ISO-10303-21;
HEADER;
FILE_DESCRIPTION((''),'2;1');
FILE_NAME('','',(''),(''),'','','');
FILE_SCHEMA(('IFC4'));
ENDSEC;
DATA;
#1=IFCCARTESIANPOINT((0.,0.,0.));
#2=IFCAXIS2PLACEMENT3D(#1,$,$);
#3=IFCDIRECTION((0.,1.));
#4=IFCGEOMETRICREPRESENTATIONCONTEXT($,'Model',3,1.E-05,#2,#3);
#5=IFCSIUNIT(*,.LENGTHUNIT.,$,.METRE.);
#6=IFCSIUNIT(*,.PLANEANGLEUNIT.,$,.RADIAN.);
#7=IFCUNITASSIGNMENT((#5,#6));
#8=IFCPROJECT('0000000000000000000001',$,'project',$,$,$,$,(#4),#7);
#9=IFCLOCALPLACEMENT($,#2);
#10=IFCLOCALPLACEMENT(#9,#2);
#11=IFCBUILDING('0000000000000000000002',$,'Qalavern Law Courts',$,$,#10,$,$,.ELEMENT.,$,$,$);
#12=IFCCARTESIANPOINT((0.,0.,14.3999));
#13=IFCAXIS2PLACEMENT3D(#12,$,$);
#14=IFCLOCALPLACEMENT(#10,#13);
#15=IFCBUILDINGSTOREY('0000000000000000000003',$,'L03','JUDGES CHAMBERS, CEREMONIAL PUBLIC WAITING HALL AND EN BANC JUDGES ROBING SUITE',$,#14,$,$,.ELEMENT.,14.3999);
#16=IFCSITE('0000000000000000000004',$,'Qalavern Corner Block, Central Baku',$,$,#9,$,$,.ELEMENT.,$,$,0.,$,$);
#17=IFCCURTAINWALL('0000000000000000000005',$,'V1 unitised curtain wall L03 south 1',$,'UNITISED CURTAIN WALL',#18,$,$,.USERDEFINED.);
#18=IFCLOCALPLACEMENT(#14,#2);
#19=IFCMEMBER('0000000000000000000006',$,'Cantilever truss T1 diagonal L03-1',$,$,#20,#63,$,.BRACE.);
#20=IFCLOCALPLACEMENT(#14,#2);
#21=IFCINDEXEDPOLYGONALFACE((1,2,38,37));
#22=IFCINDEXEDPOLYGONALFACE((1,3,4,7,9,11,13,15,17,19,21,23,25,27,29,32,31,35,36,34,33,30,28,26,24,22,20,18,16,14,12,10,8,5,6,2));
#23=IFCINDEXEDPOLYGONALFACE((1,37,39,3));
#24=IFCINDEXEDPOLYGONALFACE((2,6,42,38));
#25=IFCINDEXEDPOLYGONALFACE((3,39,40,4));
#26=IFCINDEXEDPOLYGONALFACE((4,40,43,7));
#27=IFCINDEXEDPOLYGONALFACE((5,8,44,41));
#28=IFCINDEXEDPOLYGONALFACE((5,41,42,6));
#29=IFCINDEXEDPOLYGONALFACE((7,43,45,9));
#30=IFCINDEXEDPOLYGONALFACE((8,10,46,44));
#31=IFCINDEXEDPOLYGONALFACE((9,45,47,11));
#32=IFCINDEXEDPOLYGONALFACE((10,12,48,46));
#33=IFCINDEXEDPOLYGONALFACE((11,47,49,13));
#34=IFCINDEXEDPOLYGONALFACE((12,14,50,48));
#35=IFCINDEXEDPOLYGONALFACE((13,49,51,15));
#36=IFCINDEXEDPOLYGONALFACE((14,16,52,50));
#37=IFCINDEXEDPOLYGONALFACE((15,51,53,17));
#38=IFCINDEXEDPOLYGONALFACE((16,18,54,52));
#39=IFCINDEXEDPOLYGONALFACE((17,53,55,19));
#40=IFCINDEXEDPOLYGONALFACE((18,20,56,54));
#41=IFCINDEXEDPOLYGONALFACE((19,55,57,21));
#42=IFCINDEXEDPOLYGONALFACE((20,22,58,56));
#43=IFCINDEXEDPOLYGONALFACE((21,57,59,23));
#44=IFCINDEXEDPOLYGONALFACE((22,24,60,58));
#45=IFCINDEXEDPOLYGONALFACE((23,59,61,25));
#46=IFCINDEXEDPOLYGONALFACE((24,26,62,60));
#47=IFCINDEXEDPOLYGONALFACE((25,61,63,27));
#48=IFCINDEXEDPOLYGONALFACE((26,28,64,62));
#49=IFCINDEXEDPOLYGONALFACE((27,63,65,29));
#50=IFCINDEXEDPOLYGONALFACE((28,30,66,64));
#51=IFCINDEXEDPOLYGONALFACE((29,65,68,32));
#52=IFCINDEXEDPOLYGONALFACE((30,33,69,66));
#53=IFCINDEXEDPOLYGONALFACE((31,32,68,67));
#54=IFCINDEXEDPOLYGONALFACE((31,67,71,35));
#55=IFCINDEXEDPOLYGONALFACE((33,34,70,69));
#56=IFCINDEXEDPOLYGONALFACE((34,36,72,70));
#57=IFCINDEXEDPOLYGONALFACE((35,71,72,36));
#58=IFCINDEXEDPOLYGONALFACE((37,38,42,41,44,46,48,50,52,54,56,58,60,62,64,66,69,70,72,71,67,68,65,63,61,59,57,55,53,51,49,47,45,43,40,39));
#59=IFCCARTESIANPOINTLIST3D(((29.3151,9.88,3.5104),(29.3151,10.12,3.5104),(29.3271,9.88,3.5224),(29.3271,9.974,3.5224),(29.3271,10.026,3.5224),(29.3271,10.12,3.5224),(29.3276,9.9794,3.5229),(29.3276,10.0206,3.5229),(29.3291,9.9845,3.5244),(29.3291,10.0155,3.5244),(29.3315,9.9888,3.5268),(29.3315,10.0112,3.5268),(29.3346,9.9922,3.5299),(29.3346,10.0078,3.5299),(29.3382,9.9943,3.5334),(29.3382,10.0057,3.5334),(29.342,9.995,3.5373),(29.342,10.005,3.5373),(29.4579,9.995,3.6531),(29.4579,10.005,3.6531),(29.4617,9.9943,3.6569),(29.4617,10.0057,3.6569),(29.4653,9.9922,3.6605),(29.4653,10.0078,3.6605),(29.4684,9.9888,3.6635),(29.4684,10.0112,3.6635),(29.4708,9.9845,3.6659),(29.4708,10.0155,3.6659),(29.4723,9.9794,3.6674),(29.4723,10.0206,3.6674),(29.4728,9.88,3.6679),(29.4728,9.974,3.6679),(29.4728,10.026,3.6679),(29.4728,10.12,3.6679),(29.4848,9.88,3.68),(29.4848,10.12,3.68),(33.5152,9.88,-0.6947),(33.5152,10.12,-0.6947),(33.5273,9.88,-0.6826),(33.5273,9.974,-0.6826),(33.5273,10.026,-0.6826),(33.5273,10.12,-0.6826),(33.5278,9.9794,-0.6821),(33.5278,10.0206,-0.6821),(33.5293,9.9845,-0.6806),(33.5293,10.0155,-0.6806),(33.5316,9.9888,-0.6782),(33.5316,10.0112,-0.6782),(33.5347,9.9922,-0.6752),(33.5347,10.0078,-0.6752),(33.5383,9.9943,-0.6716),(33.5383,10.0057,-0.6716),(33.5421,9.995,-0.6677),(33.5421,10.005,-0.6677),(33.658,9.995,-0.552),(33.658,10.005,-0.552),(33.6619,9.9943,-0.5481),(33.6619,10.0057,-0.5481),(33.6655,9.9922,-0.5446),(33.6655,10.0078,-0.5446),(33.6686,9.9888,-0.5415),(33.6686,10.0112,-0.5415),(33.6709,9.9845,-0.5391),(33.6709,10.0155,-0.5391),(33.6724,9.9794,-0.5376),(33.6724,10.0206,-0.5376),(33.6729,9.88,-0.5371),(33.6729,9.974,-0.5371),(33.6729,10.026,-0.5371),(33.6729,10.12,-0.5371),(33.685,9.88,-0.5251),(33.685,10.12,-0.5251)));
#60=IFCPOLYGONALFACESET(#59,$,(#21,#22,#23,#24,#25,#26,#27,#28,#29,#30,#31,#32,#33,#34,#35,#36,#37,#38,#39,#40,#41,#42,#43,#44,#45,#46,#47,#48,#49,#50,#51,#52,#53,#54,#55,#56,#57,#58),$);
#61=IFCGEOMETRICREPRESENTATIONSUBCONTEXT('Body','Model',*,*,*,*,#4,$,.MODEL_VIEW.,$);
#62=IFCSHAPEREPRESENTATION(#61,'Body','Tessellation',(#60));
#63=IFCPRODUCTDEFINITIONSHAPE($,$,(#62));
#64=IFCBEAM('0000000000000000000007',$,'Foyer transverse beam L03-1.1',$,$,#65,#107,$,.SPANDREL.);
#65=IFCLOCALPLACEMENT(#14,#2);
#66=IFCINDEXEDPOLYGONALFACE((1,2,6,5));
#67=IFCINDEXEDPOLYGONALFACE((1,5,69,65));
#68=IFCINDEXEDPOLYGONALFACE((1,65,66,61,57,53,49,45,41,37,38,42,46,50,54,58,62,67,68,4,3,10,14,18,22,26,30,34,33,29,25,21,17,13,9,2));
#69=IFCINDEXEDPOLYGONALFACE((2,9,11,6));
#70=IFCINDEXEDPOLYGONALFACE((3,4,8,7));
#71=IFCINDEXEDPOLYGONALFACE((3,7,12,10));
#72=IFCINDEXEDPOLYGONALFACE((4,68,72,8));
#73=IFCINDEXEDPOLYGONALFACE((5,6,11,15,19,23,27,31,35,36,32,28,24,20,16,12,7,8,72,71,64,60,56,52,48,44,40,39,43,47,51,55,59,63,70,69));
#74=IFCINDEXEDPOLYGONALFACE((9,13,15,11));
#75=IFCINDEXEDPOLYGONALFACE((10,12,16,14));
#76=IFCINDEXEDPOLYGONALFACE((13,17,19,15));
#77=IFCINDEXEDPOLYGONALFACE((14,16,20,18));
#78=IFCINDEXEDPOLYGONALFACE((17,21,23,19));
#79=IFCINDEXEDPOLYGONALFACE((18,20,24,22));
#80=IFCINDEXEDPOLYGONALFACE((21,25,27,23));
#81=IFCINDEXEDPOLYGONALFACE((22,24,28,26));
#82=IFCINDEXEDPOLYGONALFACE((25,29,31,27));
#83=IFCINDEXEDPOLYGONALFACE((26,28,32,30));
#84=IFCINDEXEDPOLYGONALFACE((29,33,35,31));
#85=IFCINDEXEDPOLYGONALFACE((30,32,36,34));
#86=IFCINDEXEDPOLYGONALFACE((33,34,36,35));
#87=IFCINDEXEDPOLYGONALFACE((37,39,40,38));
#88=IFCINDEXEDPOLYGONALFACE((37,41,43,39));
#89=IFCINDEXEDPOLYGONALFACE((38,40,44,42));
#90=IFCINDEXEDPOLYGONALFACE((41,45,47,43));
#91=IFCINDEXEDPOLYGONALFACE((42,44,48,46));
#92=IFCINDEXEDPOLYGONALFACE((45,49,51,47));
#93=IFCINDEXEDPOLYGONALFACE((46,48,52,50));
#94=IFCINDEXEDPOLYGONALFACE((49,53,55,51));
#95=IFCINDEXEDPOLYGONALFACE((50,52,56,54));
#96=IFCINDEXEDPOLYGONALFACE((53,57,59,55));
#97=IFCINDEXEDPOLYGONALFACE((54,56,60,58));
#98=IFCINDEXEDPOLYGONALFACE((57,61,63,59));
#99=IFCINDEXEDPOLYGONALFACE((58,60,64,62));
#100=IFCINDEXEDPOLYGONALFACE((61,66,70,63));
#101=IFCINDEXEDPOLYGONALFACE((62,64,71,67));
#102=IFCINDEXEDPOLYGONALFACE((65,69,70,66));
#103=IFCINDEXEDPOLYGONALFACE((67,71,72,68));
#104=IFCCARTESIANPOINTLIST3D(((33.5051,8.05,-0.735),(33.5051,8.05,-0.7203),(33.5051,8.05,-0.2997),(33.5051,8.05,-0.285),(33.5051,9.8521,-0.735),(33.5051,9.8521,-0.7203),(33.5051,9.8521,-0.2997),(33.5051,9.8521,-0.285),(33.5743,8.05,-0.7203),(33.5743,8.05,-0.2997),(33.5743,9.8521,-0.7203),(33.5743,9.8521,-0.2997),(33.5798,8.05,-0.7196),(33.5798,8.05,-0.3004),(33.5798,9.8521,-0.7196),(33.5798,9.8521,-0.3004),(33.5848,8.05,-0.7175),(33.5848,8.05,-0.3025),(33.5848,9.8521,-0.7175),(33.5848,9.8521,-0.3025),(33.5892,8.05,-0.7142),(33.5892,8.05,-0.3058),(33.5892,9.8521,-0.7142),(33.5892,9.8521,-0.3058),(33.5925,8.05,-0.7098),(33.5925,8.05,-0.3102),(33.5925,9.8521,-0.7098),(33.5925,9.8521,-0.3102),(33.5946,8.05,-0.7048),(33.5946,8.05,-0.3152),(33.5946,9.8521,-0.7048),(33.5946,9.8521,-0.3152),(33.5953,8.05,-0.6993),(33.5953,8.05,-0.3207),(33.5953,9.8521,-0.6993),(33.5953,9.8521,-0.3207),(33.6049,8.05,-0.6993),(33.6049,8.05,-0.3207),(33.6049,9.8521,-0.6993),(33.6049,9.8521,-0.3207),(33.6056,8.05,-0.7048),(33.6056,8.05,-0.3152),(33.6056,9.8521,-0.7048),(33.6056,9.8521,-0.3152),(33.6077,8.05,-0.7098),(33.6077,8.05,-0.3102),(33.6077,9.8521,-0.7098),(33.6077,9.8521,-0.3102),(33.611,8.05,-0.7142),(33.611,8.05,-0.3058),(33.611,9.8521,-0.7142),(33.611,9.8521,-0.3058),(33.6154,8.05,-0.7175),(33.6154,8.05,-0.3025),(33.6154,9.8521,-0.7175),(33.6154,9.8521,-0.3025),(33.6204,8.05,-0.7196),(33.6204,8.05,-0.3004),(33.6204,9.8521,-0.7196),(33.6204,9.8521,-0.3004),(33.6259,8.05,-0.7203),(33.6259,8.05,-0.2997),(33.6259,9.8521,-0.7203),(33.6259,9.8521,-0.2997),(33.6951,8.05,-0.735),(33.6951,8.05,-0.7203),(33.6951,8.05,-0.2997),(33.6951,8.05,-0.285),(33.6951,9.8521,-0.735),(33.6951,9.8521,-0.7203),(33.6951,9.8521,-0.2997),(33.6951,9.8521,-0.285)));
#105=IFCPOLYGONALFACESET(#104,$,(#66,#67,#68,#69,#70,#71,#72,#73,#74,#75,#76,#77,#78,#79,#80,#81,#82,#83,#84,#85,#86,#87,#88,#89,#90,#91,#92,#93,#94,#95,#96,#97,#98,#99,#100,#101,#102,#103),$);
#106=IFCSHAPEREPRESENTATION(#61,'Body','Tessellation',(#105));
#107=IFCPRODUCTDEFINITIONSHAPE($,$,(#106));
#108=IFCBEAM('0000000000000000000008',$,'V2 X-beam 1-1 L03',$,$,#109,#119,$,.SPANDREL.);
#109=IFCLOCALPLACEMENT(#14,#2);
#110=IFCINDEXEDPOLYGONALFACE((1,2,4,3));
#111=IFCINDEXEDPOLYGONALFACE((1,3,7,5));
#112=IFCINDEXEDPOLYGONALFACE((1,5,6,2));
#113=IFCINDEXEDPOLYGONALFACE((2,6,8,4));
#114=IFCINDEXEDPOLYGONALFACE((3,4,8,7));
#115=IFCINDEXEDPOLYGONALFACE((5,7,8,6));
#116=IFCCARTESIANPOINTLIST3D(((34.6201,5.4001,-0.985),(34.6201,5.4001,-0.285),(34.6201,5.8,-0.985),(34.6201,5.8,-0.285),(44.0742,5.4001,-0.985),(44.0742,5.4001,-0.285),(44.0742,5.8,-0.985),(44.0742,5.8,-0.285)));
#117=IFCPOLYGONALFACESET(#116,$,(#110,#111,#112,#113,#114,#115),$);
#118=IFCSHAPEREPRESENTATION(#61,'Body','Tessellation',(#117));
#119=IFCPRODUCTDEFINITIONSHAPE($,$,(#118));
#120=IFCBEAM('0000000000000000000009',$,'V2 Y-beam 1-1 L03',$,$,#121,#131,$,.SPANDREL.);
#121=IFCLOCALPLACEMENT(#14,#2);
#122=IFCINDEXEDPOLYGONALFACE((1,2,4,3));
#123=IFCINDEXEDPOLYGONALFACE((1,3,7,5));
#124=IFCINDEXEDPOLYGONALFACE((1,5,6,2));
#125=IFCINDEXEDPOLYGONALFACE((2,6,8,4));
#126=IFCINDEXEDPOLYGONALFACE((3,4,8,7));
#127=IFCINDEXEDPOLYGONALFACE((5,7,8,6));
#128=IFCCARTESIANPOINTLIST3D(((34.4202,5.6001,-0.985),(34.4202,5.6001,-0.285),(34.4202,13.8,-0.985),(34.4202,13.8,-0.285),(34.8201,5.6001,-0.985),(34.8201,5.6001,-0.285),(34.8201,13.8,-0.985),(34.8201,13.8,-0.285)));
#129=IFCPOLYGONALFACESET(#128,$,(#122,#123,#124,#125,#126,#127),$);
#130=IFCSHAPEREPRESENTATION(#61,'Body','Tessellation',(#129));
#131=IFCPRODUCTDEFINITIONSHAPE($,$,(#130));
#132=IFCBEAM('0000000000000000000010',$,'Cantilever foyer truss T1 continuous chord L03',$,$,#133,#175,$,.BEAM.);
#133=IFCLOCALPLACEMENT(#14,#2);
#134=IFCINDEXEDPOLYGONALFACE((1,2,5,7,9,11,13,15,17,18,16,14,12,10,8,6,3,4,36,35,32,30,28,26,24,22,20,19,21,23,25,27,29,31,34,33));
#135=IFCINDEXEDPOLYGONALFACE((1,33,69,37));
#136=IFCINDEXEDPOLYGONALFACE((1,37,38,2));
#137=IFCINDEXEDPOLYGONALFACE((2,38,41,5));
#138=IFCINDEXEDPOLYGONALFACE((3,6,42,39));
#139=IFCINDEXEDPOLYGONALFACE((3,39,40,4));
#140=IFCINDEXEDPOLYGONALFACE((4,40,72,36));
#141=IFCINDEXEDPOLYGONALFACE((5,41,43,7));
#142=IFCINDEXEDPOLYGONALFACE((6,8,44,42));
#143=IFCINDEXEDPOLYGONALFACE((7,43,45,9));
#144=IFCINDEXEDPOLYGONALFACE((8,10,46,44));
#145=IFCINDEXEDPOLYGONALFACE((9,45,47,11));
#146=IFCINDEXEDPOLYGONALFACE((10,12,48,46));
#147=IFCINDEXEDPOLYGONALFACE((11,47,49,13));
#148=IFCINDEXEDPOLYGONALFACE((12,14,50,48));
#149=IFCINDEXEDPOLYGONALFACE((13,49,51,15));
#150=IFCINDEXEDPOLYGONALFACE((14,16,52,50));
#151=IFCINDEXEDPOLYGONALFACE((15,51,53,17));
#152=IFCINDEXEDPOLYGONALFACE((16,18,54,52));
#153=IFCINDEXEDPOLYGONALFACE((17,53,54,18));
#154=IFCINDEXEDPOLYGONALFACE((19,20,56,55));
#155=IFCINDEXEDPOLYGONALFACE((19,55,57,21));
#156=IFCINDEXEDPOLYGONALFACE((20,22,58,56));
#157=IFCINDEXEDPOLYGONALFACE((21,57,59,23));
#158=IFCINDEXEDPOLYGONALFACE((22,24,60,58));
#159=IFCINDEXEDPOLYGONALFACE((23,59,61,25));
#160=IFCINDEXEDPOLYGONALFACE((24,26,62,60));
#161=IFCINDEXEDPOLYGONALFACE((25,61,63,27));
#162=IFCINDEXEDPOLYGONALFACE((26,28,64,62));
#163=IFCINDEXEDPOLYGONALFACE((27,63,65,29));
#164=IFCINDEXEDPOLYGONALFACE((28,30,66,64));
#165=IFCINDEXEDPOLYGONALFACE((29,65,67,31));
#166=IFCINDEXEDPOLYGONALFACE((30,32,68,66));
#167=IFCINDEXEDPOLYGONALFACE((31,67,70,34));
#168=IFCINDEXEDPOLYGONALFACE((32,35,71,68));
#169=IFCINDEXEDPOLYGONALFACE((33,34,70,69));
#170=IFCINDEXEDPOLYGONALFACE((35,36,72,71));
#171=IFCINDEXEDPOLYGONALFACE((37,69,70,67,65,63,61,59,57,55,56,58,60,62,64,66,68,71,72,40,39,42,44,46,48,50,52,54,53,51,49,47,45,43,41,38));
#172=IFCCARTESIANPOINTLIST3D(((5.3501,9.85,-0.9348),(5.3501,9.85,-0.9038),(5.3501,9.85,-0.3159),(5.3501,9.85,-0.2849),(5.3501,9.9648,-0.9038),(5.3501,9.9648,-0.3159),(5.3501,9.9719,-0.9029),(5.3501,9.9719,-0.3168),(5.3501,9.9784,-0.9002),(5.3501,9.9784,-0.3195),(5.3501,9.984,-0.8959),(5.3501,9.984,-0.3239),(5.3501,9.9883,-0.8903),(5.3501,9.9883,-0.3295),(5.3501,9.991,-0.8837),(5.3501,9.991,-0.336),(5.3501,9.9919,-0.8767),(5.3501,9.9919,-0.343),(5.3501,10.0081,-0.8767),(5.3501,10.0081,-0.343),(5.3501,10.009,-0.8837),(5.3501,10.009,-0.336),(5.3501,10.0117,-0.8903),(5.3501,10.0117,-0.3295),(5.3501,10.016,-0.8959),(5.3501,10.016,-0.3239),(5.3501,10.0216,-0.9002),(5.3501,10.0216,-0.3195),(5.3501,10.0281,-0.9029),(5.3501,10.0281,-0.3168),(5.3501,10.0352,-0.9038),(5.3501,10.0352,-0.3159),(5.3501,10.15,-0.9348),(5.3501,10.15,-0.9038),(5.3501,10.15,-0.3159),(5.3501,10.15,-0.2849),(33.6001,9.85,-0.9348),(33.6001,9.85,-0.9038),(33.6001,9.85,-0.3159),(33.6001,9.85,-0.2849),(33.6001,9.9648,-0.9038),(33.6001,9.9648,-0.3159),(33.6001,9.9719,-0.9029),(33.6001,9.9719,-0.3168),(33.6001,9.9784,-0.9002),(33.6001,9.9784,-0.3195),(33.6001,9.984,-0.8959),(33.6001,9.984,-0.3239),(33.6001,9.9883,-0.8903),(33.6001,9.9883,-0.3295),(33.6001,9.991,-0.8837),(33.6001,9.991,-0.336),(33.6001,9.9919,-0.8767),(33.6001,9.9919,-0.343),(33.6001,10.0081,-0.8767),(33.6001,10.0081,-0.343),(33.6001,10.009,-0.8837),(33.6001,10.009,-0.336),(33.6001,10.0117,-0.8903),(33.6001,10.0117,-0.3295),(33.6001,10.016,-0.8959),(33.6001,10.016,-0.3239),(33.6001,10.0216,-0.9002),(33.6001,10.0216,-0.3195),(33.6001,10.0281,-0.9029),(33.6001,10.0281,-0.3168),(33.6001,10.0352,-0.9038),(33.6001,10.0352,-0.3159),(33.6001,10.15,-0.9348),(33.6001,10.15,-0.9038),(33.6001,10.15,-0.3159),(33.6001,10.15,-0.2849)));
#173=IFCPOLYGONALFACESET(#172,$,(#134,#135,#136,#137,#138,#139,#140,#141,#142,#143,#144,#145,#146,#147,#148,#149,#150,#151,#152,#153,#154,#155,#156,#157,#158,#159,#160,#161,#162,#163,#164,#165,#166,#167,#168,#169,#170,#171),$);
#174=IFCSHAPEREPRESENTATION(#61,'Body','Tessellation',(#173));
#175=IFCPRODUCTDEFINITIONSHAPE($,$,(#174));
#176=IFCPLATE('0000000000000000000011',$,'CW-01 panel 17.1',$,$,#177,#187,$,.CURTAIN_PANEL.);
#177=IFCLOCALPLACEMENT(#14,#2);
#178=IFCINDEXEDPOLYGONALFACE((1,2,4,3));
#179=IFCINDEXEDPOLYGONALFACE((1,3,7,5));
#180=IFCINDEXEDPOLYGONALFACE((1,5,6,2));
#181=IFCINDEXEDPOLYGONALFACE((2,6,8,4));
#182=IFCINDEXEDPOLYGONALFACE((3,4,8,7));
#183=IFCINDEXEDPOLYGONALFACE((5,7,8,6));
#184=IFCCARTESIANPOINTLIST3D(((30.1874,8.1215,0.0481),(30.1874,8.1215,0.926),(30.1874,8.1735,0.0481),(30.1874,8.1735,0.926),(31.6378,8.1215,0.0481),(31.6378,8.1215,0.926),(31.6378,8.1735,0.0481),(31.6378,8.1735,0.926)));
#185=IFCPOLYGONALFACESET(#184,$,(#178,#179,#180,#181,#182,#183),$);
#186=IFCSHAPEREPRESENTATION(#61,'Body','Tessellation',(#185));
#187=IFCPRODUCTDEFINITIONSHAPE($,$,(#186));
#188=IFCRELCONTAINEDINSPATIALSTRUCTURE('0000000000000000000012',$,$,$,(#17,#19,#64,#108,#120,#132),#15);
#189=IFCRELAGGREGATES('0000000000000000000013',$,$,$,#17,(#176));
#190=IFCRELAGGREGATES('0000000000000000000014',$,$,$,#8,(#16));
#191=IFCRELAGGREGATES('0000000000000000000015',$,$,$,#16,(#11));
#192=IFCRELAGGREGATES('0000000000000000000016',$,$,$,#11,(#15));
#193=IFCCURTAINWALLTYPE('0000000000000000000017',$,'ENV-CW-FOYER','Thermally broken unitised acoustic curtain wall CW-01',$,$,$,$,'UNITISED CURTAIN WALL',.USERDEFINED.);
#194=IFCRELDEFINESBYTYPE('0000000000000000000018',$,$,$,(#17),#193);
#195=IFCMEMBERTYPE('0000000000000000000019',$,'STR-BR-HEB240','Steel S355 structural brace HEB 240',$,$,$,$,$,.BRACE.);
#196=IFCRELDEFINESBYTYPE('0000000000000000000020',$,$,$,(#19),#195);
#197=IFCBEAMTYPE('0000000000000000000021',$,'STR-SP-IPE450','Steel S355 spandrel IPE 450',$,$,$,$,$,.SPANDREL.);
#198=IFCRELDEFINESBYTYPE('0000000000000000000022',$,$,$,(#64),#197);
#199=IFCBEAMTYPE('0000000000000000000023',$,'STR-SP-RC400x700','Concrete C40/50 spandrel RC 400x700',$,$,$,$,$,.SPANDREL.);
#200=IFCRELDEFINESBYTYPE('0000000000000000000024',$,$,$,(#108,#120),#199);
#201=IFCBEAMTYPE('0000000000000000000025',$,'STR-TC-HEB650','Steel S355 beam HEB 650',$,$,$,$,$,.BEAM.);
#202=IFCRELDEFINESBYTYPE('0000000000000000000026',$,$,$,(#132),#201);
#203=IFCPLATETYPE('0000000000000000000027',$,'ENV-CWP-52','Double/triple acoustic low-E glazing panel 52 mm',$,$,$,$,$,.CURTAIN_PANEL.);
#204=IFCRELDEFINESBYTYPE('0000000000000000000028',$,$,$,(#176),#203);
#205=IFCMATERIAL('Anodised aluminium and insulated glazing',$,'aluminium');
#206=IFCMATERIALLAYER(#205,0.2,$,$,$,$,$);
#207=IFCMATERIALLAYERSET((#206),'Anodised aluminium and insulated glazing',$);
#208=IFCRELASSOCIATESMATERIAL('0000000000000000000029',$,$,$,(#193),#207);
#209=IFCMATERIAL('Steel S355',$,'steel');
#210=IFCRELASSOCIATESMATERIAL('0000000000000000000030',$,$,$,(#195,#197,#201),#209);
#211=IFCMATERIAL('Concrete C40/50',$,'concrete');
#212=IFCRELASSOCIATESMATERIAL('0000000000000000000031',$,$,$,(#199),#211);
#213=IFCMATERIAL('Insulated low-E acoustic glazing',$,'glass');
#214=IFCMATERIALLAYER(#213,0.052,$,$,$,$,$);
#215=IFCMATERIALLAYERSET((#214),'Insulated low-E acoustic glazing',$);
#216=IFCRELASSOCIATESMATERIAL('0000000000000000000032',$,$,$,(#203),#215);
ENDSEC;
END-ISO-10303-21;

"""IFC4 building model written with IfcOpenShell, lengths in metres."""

from ifc_helpers import new_model, si_unit, direction, frame, origin, origin_2d, place, context, subcontext, project, spatial, rectangle, i_section, extrude, material, layer, layer_set, material_profile, profile_set, type_object, element, aggregate, save


model = new_model("IFC4")

# Units and contexts
model_context = context("Model", 3, precision=1e-05, world=origin(), true_north=direction((0.0, 1.0)))
body_context = subcontext(model_context, "Body", "Model", "MODEL_VIEW")
ifc_project = project(units=[si_unit("LENGTHUNIT", "METRE"), si_unit("PLANEANGLEUNIT", "RADIAN")], contexts=[model_context])

# Site, building, storey
site_placement = place(None, origin())
site = spatial("IfcSite", under=ifc_project, at=site_placement, Name="Qalavern Corner Block, Central Baku", CompositionType="ELEMENT", RefElevation=0.0)
building_placement = place(site_placement, origin())
building = spatial("IfcBuilding", under=site, at=building_placement, Name="Qalavern Law Courts", CompositionType="ELEMENT")
storey_placement = place(building_placement, frame((0.0, 0.0, 14.3999)))
storey = spatial("IfcBuildingStorey", under=building, at=storey_placement, Name="L03", Description="JUDGES CHAMBERS, CEREMONIAL PUBLIC WAITING HALL AND EN BANC JUDGES ROBING SUITE", CompositionType="ELEMENT", Elevation=14.3999)

# Curtain wall
ifc_material_1 = material(Name="Anodised aluminium and insulated glazing", Category="aluminium")
ifc_layer_1 = layer(ifc_material_1, 0.2)
ifc_layer_set_1 = layer_set([ifc_layer_1], Name="Anodised aluminium and insulated glazing")
curtain_wall_type = type_object("IfcCurtainWallType", Name="ENV-CW-FOYER", Description="Thermally broken unitised acoustic curtain wall CW-01", ElementType="UNITISED CURTAIN WALL", PredefinedType="USERDEFINED", material=ifc_layer_set_1)
curtain_wall_placement = place(storey_placement, origin())
curtain_wall = element("IfcCurtainWall", 1, at=curtain_wall_placement, inside=storey, type_object=curtain_wall_type, Name="V1 unitised curtain wall L03 south 1", ObjectType="UNITISED CURTAIN WALL", PredefinedType="USERDEFINED")

# Member
ifc_material_2 = material(Name="Steel S355", Category="steel")
ifc_material_profile_1 = material_profile(ifc_material_2, i_section(OverallWidth=0.24, OverallDepth=0.24, WebThickness=0.01, FlangeThickness=0.0171, FilletRadius=0.021, at=origin_2d()), Name="HEB 240")
ifc_profile_set_1 = profile_set([ifc_material_profile_1], Name="Steel S355")
member_type_1 = type_object("IfcMemberType", Name="STR-BR-HEB240", Description="Steel S355 structural brace HEB 240", PredefinedType="BRACE", material=ifc_profile_set_1)
member_1_placement = place(storey_placement, frame((33.6001, 10.0, -0.6099), z_axis=(-0.706696, 0.0, 0.707517), x_axis=(0.0, -1.0, 0.0)))
element("IfcMember", 2, at=member_1_placement, inside=storey, type_object=member_type_1, Name="Cantilever truss T1 diagonal L03-1", PredefinedType="BRACE", context=body_context, shape_type="SweptSolid", body=[
    extrude(i_section(OverallWidth=0.24, OverallDepth=0.24, WebThickness=0.01, FlangeThickness=0.0171, FilletRadius=0.021, at=origin_2d()), origin(), (0.0, 0.0, 1.0), 5.9434),
])

# Beams
ifc_material_profile_2 = material_profile(ifc_material_2, i_section(OverallWidth=0.1899, OverallDepth=0.45, WebThickness=0.0095, FlangeThickness=0.0146, FilletRadius=0.021, at=origin_2d()), Name="IPE 450")
ifc_profile_set_2 = profile_set([ifc_material_profile_2], Name="Steel S355")
beam_type_1 = type_object("IfcBeamType", Name="STR-SP-IPE450", Description="Steel S355 spandrel IPE 450", PredefinedType="SPANDREL", material=ifc_profile_set_2)
beam_1_placement = place(storey_placement, frame((33.6001, 8.05, -0.51), z_axis=(0.0, 1.0, 0.0), x_axis=(-1.0, 0.0, 0.0)))
element("IfcBeam", 3, at=beam_1_placement, inside=storey, type_object=beam_type_1, Name="Foyer transverse beam L03-1.1", PredefinedType="SPANDREL", context=body_context, shape_type="SweptSolid", body=[
    extrude(i_section(OverallWidth=0.1899, OverallDepth=0.45, WebThickness=0.0095, FlangeThickness=0.0146, FilletRadius=0.021, at=origin_2d()), origin(), (0.0, 0.0, 1.0), 1.802),
])
ifc_material_3 = material(Name="Concrete C40/50", Category="concrete")
ifc_material_profile_3 = material_profile(ifc_material_3, rectangle(XDim=0.3999, YDim=0.7, at=origin_2d()), Name="RC 400x700")
ifc_profile_set_3 = profile_set([ifc_material_profile_3], Name="Concrete C40/50")
beam_type_2 = type_object("IfcBeamType", Name="STR-SP-RC400x700", Description="Concrete C40/50 spandrel RC 400x700", PredefinedType="SPANDREL", material=ifc_profile_set_3)
beam_2_placement = place(storey_placement, frame((34.6201, 5.6001, -0.635), z_axis=(1.0, 0.0, 0.0), x_axis=(0.0, 1.0, 0.0)))
element("IfcBeam", 4, at=beam_2_placement, inside=storey, type_object=beam_type_2, Name="V2 X-beam 1-1 L03", PredefinedType="SPANDREL", context=body_context, shape_type="SweptSolid", body=[
    extrude(rectangle(XDim=0.3999, YDim=0.7, at=origin_2d()), origin(), (0.0, 0.0, 1.0), 9.4541),
])
beam_3_placement = place(storey_placement, frame((34.6201, 5.6001, -0.635), z_axis=(0.0, 1.0, 0.0), x_axis=(-1.0, 0.0, 0.0)))
element("IfcBeam", 5, at=beam_3_placement, inside=storey, type_object=beam_type_2, Name="V2 Y-beam 1-1 L03", PredefinedType="SPANDREL", context=body_context, shape_type="SweptSolid", body=[
    extrude(rectangle(XDim=0.3999, YDim=0.7, at=origin_2d()), origin(), (0.0, 0.0, 1.0), 8.2),
])
ifc_material_profile_4 = material_profile(ifc_material_2, i_section(OverallWidth=0.3, OverallDepth=0.6499, WebThickness=0.0161, FlangeThickness=0.031, FilletRadius=0.0271, at=origin_2d()), Name="HEB 650")
ifc_profile_set_4 = profile_set([ifc_material_profile_4], Name="Steel S355")
beam_type_3 = type_object("IfcBeamType", Name="STR-TC-HEB650", Description="Steel S355 beam HEB 650", PredefinedType="BEAM", material=ifc_profile_set_4)
beam_4_placement = place(storey_placement, frame((33.6001, 10.0, -0.6099), z_axis=(-1.0, 0.0, 0.0), x_axis=(0.0, -1.0, 0.0)))
element("IfcBeam", 6, at=beam_4_placement, inside=storey, type_object=beam_type_3, Name="Cantilever foyer truss T1 continuous chord L03", PredefinedType="BEAM", context=body_context, shape_type="SweptSolid", body=[
    extrude(i_section(OverallWidth=0.3, OverallDepth=0.6499, WebThickness=0.0161, FlangeThickness=0.031, FilletRadius=0.0271, at=origin_2d()), origin(), (0.0, 0.0, 1.0), 28.25),
])

# Plate
ifc_material_4 = material(Name="Insulated low-E acoustic glazing", Category="glass")
ifc_layer_2 = layer(ifc_material_4, 0.052)
ifc_layer_set_2 = layer_set([ifc_layer_2], Name="Insulated low-E acoustic glazing")
plate_type = type_object("IfcPlateType", Name="ENV-CWP-52", Description="Double/triple acoustic low-E glazing panel 52 mm", PredefinedType="CURTAIN_PANEL", material=ifc_layer_set_2)
plate_1_placement = place(storey_placement, frame((30.9126, 8.1475, 0.0481), z_axis=(0.0, 0.0, 1.0), x_axis=(1.0, 0.0, 0.0)))
plate_1 = element("IfcPlate", 7, at=plate_1_placement, type_object=plate_type, Name="CW-01 panel 17.1", PredefinedType="CURTAIN_PANEL", context=body_context, shape_type="SweptSolid", body=[
    extrude(rectangle(XDim=1.4504, YDim=0.052, at=origin_2d()), origin(), (0.0, 0.0, 1.0), 0.8779),
])
aggregate(curtain_wall, [plate_1])

save(model, "model.ifc")
